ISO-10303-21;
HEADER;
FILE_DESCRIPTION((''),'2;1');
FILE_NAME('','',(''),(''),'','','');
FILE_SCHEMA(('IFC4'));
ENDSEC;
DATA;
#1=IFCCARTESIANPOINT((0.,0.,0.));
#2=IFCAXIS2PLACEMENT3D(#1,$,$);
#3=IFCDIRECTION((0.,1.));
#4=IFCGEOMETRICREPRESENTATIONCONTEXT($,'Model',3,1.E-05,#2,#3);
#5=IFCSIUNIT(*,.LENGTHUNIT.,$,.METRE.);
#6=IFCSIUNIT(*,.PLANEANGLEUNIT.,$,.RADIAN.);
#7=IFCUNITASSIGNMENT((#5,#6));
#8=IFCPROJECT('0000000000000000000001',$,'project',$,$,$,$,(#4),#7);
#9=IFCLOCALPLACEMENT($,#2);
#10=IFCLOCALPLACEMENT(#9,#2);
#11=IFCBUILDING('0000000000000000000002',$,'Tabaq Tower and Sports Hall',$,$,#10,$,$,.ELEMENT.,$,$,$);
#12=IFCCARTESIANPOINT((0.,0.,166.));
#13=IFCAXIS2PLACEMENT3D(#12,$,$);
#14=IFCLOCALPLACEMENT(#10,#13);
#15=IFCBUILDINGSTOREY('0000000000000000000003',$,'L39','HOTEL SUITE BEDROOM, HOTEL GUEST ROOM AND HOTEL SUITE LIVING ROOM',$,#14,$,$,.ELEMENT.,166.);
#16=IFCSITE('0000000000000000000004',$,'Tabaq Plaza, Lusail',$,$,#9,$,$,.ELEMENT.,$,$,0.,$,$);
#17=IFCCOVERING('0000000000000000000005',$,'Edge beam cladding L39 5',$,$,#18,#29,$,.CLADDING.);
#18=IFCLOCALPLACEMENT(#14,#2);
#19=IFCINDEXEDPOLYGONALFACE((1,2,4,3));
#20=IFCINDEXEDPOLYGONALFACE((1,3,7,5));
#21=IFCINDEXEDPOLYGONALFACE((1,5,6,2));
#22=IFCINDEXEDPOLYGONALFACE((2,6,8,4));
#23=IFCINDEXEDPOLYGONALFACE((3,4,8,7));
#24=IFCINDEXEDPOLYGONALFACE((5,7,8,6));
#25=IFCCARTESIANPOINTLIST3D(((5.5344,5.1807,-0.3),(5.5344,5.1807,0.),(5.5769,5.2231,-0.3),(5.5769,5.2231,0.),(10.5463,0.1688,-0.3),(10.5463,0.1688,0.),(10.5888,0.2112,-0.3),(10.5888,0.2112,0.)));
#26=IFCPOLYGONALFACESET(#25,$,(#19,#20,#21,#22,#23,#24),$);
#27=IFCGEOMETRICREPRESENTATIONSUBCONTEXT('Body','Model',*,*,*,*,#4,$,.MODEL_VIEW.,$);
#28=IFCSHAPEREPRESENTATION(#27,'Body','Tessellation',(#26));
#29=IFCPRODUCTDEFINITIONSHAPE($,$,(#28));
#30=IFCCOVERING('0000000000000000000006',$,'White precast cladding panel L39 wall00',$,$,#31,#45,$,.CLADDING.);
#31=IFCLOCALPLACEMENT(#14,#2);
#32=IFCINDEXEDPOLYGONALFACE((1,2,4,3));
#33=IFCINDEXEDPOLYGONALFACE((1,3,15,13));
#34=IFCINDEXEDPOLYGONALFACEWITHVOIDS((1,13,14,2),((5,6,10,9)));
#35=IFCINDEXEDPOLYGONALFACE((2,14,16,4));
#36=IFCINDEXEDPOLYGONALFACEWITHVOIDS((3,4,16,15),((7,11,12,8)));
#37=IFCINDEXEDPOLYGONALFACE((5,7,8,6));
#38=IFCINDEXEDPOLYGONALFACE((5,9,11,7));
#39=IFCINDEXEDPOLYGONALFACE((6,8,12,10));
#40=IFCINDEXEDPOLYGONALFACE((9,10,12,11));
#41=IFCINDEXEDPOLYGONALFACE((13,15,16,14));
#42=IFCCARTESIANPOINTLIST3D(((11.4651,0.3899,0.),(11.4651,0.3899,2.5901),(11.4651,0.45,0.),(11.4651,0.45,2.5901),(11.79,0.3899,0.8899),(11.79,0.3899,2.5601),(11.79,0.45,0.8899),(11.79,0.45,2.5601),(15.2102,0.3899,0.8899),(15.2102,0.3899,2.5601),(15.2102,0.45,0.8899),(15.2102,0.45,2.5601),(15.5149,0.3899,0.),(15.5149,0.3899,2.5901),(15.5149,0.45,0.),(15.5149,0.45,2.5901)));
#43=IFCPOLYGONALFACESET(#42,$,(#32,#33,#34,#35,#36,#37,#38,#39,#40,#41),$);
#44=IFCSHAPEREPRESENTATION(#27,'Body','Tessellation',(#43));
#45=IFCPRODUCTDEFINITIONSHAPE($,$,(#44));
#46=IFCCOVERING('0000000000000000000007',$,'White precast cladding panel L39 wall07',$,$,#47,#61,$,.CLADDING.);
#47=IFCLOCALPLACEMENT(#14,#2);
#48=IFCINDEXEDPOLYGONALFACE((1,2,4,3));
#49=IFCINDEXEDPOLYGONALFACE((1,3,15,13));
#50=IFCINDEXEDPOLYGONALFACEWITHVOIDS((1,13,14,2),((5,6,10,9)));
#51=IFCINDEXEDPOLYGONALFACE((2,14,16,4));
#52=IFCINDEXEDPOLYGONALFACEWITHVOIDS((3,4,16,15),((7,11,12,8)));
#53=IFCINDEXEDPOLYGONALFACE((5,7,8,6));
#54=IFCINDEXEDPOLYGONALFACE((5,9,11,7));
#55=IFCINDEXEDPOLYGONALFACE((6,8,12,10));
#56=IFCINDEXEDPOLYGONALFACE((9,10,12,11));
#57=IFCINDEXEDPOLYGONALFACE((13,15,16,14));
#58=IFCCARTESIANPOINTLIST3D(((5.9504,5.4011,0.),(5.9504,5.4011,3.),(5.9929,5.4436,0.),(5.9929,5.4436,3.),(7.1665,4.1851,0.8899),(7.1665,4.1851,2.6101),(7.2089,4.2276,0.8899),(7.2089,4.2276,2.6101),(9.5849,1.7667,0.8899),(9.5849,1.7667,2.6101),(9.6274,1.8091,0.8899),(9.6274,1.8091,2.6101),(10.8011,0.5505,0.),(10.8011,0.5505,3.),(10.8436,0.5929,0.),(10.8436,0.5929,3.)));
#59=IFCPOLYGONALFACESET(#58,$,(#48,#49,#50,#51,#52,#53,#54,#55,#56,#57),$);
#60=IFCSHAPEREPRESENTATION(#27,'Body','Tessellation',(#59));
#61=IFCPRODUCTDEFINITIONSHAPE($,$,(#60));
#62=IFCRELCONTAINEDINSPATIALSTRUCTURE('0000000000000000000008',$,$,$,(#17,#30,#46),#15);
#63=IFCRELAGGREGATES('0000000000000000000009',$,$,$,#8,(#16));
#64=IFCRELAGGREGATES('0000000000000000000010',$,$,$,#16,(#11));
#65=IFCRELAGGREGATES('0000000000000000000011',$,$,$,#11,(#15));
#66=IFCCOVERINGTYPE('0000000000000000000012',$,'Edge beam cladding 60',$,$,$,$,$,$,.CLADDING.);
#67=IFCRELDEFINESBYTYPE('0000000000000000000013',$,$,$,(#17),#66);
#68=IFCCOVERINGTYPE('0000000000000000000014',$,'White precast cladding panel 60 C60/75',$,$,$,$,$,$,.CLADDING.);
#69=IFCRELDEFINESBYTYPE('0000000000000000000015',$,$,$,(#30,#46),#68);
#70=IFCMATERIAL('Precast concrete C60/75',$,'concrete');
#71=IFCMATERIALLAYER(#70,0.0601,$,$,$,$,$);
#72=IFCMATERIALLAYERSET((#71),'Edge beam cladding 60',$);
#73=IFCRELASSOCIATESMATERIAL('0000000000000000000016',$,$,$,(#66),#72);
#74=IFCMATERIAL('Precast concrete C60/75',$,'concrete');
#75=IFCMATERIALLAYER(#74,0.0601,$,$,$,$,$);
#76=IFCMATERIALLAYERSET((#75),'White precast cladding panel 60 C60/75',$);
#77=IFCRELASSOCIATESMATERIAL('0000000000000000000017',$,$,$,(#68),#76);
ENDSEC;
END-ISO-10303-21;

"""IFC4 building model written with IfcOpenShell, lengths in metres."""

from ifc_helpers import new_model, si_unit, direction, frame, frame_2d, origin, place, context, subcontext, project, spatial, polyline, rectangle, outline, extrude, material, layer, layer_set, type_object, element, save


model = new_model("IFC4")

# Units and contexts
model_context = context("Model", 3, precision=1e-05, world=origin(), true_north=direction((0.0, 1.0)))
body_context = subcontext(model_context, "Body", "Model", "MODEL_VIEW")
ifc_project = project(units=[si_unit("LENGTHUNIT", "METRE"), si_unit("PLANEANGLEUNIT", "RADIAN")], contexts=[model_context])

# Site, building, storey
site_placement = place(None, origin())
site = spatial("IfcSite", under=ifc_project, at=site_placement, Name="Tabaq Plaza, Lusail", CompositionType="ELEMENT", RefElevation=0.0)
building_placement = place(site_placement, origin())
building = spatial("IfcBuilding", under=site, at=building_placement, Name="Tabaq Tower and Sports Hall", CompositionType="ELEMENT")
storey_placement = place(building_placement, frame((0.0, 0.0, 166.0)))
storey = spatial("IfcBuildingStorey", under=building, at=storey_placement, Name="L39", Description="HOTEL SUITE BEDROOM, HOTEL GUEST ROOM AND HOTEL SUITE LIVING ROOM", CompositionType="ELEMENT", Elevation=166.0)

# Coverings
ifc_material_1 = material(Name="Precast concrete C60/75", Category="concrete")
ifc_layer_1 = layer(ifc_material_1, 0.0601)
ifc_layer_set_1 = layer_set([ifc_layer_1], Name="Edge beam cladding 60")
covering_type_1 = type_object("IfcCoveringType", Name="Edge beam cladding 60", PredefinedType="CLADDING", material=ifc_layer_set_1)
covering_1_placement = place(storey_placement, frame((5.5557, 5.2019, -0.3), z_axis=(0.0, 0.0, 1.0), x_axis=(0.707107, -0.707107, 0.0)))
element("IfcCovering", 1, at=covering_1_placement, inside=storey, type_object=covering_type_1, Name="Edge beam cladding L39 5", PredefinedType="CLADDING", context=body_context, shape_type="SweptSolid", body=[
    extrude(rectangle(XDim=7.0879, YDim=0.0601, at=frame_2d((3.5439, 0.0))), origin(), (0.0, 0.0, 1.0), 0.3),
])
ifc_material_2 = material(Name="Precast concrete C60/75", Category="concrete")
ifc_layer_2 = layer(ifc_material_2, 0.0601)
ifc_layer_set_2 = layer_set([ifc_layer_2], Name="White precast cladding panel 60 C60/75")
covering_type_2 = type_object("IfcCoveringType", Name="White precast cladding panel 60 C60/75", PredefinedType="CLADDING", material=ifc_layer_set_2)
covering_2_placement = place(storey_placement, frame((11.4651, 0.4199, 0.0), z_axis=(0.0, 0.0, 1.0), x_axis=(1.0, 0.0, 0.0)))
element("IfcCovering", 2, at=covering_2_placement, inside=storey, type_object=covering_type_2, Name="White precast cladding panel L39 wall00", PredefinedType="CLADDING", context=body_context, shape_type="SweptSolid", body=[
    extrude(outline(polyline([(0.0, 0.0), (4.0498, 0.0), (4.0498, 2.5901), (0.0, 2.5901), (0.0, 0.0)]), holes=[polyline([(3.7451, 0.8899), (0.325, 0.8899), (0.325, 2.5601), (3.7451, 2.5601), (3.7451, 0.8899)])]), frame((0.0, 0.03, 0.0), z_axis=(0.0, -1.0, 0.0), x_axis=(1.0, 0.0, 0.0)), (0.0, 0.0, 1.0), 0.0601),
])
covering_3_placement = place(storey_placement, frame((5.9717, 5.4224, 0.0), z_axis=(0.0, 0.0, 1.0), x_axis=(0.707107, -0.707107, 0.0)))
element("IfcCovering", 3, at=covering_3_placement, inside=storey, type_object=covering_type_2, Name="White precast cladding panel L39 wall07", PredefinedType="CLADDING", context=body_context, shape_type="SweptSolid", body=[
    extrude(outline(polyline([(0.0, 0.0), (6.8599, 0.0), (6.8599, 3.0), (0.0, 3.0), (0.0, 0.0)]), holes=[polyline([(1.7197, 0.8899), (1.7197, 2.6101), (5.1399, 2.6101), (5.1399, 0.8899), (1.7197, 0.8899)])]), frame((0.0, 0.03, 0.0), z_axis=(0.0, -1.0, 0.0), x_axis=(1.0, 0.0, 0.0)), (0.0, 0.0, 1.0), 0.0601),
])

save(model, "model.ifc")
